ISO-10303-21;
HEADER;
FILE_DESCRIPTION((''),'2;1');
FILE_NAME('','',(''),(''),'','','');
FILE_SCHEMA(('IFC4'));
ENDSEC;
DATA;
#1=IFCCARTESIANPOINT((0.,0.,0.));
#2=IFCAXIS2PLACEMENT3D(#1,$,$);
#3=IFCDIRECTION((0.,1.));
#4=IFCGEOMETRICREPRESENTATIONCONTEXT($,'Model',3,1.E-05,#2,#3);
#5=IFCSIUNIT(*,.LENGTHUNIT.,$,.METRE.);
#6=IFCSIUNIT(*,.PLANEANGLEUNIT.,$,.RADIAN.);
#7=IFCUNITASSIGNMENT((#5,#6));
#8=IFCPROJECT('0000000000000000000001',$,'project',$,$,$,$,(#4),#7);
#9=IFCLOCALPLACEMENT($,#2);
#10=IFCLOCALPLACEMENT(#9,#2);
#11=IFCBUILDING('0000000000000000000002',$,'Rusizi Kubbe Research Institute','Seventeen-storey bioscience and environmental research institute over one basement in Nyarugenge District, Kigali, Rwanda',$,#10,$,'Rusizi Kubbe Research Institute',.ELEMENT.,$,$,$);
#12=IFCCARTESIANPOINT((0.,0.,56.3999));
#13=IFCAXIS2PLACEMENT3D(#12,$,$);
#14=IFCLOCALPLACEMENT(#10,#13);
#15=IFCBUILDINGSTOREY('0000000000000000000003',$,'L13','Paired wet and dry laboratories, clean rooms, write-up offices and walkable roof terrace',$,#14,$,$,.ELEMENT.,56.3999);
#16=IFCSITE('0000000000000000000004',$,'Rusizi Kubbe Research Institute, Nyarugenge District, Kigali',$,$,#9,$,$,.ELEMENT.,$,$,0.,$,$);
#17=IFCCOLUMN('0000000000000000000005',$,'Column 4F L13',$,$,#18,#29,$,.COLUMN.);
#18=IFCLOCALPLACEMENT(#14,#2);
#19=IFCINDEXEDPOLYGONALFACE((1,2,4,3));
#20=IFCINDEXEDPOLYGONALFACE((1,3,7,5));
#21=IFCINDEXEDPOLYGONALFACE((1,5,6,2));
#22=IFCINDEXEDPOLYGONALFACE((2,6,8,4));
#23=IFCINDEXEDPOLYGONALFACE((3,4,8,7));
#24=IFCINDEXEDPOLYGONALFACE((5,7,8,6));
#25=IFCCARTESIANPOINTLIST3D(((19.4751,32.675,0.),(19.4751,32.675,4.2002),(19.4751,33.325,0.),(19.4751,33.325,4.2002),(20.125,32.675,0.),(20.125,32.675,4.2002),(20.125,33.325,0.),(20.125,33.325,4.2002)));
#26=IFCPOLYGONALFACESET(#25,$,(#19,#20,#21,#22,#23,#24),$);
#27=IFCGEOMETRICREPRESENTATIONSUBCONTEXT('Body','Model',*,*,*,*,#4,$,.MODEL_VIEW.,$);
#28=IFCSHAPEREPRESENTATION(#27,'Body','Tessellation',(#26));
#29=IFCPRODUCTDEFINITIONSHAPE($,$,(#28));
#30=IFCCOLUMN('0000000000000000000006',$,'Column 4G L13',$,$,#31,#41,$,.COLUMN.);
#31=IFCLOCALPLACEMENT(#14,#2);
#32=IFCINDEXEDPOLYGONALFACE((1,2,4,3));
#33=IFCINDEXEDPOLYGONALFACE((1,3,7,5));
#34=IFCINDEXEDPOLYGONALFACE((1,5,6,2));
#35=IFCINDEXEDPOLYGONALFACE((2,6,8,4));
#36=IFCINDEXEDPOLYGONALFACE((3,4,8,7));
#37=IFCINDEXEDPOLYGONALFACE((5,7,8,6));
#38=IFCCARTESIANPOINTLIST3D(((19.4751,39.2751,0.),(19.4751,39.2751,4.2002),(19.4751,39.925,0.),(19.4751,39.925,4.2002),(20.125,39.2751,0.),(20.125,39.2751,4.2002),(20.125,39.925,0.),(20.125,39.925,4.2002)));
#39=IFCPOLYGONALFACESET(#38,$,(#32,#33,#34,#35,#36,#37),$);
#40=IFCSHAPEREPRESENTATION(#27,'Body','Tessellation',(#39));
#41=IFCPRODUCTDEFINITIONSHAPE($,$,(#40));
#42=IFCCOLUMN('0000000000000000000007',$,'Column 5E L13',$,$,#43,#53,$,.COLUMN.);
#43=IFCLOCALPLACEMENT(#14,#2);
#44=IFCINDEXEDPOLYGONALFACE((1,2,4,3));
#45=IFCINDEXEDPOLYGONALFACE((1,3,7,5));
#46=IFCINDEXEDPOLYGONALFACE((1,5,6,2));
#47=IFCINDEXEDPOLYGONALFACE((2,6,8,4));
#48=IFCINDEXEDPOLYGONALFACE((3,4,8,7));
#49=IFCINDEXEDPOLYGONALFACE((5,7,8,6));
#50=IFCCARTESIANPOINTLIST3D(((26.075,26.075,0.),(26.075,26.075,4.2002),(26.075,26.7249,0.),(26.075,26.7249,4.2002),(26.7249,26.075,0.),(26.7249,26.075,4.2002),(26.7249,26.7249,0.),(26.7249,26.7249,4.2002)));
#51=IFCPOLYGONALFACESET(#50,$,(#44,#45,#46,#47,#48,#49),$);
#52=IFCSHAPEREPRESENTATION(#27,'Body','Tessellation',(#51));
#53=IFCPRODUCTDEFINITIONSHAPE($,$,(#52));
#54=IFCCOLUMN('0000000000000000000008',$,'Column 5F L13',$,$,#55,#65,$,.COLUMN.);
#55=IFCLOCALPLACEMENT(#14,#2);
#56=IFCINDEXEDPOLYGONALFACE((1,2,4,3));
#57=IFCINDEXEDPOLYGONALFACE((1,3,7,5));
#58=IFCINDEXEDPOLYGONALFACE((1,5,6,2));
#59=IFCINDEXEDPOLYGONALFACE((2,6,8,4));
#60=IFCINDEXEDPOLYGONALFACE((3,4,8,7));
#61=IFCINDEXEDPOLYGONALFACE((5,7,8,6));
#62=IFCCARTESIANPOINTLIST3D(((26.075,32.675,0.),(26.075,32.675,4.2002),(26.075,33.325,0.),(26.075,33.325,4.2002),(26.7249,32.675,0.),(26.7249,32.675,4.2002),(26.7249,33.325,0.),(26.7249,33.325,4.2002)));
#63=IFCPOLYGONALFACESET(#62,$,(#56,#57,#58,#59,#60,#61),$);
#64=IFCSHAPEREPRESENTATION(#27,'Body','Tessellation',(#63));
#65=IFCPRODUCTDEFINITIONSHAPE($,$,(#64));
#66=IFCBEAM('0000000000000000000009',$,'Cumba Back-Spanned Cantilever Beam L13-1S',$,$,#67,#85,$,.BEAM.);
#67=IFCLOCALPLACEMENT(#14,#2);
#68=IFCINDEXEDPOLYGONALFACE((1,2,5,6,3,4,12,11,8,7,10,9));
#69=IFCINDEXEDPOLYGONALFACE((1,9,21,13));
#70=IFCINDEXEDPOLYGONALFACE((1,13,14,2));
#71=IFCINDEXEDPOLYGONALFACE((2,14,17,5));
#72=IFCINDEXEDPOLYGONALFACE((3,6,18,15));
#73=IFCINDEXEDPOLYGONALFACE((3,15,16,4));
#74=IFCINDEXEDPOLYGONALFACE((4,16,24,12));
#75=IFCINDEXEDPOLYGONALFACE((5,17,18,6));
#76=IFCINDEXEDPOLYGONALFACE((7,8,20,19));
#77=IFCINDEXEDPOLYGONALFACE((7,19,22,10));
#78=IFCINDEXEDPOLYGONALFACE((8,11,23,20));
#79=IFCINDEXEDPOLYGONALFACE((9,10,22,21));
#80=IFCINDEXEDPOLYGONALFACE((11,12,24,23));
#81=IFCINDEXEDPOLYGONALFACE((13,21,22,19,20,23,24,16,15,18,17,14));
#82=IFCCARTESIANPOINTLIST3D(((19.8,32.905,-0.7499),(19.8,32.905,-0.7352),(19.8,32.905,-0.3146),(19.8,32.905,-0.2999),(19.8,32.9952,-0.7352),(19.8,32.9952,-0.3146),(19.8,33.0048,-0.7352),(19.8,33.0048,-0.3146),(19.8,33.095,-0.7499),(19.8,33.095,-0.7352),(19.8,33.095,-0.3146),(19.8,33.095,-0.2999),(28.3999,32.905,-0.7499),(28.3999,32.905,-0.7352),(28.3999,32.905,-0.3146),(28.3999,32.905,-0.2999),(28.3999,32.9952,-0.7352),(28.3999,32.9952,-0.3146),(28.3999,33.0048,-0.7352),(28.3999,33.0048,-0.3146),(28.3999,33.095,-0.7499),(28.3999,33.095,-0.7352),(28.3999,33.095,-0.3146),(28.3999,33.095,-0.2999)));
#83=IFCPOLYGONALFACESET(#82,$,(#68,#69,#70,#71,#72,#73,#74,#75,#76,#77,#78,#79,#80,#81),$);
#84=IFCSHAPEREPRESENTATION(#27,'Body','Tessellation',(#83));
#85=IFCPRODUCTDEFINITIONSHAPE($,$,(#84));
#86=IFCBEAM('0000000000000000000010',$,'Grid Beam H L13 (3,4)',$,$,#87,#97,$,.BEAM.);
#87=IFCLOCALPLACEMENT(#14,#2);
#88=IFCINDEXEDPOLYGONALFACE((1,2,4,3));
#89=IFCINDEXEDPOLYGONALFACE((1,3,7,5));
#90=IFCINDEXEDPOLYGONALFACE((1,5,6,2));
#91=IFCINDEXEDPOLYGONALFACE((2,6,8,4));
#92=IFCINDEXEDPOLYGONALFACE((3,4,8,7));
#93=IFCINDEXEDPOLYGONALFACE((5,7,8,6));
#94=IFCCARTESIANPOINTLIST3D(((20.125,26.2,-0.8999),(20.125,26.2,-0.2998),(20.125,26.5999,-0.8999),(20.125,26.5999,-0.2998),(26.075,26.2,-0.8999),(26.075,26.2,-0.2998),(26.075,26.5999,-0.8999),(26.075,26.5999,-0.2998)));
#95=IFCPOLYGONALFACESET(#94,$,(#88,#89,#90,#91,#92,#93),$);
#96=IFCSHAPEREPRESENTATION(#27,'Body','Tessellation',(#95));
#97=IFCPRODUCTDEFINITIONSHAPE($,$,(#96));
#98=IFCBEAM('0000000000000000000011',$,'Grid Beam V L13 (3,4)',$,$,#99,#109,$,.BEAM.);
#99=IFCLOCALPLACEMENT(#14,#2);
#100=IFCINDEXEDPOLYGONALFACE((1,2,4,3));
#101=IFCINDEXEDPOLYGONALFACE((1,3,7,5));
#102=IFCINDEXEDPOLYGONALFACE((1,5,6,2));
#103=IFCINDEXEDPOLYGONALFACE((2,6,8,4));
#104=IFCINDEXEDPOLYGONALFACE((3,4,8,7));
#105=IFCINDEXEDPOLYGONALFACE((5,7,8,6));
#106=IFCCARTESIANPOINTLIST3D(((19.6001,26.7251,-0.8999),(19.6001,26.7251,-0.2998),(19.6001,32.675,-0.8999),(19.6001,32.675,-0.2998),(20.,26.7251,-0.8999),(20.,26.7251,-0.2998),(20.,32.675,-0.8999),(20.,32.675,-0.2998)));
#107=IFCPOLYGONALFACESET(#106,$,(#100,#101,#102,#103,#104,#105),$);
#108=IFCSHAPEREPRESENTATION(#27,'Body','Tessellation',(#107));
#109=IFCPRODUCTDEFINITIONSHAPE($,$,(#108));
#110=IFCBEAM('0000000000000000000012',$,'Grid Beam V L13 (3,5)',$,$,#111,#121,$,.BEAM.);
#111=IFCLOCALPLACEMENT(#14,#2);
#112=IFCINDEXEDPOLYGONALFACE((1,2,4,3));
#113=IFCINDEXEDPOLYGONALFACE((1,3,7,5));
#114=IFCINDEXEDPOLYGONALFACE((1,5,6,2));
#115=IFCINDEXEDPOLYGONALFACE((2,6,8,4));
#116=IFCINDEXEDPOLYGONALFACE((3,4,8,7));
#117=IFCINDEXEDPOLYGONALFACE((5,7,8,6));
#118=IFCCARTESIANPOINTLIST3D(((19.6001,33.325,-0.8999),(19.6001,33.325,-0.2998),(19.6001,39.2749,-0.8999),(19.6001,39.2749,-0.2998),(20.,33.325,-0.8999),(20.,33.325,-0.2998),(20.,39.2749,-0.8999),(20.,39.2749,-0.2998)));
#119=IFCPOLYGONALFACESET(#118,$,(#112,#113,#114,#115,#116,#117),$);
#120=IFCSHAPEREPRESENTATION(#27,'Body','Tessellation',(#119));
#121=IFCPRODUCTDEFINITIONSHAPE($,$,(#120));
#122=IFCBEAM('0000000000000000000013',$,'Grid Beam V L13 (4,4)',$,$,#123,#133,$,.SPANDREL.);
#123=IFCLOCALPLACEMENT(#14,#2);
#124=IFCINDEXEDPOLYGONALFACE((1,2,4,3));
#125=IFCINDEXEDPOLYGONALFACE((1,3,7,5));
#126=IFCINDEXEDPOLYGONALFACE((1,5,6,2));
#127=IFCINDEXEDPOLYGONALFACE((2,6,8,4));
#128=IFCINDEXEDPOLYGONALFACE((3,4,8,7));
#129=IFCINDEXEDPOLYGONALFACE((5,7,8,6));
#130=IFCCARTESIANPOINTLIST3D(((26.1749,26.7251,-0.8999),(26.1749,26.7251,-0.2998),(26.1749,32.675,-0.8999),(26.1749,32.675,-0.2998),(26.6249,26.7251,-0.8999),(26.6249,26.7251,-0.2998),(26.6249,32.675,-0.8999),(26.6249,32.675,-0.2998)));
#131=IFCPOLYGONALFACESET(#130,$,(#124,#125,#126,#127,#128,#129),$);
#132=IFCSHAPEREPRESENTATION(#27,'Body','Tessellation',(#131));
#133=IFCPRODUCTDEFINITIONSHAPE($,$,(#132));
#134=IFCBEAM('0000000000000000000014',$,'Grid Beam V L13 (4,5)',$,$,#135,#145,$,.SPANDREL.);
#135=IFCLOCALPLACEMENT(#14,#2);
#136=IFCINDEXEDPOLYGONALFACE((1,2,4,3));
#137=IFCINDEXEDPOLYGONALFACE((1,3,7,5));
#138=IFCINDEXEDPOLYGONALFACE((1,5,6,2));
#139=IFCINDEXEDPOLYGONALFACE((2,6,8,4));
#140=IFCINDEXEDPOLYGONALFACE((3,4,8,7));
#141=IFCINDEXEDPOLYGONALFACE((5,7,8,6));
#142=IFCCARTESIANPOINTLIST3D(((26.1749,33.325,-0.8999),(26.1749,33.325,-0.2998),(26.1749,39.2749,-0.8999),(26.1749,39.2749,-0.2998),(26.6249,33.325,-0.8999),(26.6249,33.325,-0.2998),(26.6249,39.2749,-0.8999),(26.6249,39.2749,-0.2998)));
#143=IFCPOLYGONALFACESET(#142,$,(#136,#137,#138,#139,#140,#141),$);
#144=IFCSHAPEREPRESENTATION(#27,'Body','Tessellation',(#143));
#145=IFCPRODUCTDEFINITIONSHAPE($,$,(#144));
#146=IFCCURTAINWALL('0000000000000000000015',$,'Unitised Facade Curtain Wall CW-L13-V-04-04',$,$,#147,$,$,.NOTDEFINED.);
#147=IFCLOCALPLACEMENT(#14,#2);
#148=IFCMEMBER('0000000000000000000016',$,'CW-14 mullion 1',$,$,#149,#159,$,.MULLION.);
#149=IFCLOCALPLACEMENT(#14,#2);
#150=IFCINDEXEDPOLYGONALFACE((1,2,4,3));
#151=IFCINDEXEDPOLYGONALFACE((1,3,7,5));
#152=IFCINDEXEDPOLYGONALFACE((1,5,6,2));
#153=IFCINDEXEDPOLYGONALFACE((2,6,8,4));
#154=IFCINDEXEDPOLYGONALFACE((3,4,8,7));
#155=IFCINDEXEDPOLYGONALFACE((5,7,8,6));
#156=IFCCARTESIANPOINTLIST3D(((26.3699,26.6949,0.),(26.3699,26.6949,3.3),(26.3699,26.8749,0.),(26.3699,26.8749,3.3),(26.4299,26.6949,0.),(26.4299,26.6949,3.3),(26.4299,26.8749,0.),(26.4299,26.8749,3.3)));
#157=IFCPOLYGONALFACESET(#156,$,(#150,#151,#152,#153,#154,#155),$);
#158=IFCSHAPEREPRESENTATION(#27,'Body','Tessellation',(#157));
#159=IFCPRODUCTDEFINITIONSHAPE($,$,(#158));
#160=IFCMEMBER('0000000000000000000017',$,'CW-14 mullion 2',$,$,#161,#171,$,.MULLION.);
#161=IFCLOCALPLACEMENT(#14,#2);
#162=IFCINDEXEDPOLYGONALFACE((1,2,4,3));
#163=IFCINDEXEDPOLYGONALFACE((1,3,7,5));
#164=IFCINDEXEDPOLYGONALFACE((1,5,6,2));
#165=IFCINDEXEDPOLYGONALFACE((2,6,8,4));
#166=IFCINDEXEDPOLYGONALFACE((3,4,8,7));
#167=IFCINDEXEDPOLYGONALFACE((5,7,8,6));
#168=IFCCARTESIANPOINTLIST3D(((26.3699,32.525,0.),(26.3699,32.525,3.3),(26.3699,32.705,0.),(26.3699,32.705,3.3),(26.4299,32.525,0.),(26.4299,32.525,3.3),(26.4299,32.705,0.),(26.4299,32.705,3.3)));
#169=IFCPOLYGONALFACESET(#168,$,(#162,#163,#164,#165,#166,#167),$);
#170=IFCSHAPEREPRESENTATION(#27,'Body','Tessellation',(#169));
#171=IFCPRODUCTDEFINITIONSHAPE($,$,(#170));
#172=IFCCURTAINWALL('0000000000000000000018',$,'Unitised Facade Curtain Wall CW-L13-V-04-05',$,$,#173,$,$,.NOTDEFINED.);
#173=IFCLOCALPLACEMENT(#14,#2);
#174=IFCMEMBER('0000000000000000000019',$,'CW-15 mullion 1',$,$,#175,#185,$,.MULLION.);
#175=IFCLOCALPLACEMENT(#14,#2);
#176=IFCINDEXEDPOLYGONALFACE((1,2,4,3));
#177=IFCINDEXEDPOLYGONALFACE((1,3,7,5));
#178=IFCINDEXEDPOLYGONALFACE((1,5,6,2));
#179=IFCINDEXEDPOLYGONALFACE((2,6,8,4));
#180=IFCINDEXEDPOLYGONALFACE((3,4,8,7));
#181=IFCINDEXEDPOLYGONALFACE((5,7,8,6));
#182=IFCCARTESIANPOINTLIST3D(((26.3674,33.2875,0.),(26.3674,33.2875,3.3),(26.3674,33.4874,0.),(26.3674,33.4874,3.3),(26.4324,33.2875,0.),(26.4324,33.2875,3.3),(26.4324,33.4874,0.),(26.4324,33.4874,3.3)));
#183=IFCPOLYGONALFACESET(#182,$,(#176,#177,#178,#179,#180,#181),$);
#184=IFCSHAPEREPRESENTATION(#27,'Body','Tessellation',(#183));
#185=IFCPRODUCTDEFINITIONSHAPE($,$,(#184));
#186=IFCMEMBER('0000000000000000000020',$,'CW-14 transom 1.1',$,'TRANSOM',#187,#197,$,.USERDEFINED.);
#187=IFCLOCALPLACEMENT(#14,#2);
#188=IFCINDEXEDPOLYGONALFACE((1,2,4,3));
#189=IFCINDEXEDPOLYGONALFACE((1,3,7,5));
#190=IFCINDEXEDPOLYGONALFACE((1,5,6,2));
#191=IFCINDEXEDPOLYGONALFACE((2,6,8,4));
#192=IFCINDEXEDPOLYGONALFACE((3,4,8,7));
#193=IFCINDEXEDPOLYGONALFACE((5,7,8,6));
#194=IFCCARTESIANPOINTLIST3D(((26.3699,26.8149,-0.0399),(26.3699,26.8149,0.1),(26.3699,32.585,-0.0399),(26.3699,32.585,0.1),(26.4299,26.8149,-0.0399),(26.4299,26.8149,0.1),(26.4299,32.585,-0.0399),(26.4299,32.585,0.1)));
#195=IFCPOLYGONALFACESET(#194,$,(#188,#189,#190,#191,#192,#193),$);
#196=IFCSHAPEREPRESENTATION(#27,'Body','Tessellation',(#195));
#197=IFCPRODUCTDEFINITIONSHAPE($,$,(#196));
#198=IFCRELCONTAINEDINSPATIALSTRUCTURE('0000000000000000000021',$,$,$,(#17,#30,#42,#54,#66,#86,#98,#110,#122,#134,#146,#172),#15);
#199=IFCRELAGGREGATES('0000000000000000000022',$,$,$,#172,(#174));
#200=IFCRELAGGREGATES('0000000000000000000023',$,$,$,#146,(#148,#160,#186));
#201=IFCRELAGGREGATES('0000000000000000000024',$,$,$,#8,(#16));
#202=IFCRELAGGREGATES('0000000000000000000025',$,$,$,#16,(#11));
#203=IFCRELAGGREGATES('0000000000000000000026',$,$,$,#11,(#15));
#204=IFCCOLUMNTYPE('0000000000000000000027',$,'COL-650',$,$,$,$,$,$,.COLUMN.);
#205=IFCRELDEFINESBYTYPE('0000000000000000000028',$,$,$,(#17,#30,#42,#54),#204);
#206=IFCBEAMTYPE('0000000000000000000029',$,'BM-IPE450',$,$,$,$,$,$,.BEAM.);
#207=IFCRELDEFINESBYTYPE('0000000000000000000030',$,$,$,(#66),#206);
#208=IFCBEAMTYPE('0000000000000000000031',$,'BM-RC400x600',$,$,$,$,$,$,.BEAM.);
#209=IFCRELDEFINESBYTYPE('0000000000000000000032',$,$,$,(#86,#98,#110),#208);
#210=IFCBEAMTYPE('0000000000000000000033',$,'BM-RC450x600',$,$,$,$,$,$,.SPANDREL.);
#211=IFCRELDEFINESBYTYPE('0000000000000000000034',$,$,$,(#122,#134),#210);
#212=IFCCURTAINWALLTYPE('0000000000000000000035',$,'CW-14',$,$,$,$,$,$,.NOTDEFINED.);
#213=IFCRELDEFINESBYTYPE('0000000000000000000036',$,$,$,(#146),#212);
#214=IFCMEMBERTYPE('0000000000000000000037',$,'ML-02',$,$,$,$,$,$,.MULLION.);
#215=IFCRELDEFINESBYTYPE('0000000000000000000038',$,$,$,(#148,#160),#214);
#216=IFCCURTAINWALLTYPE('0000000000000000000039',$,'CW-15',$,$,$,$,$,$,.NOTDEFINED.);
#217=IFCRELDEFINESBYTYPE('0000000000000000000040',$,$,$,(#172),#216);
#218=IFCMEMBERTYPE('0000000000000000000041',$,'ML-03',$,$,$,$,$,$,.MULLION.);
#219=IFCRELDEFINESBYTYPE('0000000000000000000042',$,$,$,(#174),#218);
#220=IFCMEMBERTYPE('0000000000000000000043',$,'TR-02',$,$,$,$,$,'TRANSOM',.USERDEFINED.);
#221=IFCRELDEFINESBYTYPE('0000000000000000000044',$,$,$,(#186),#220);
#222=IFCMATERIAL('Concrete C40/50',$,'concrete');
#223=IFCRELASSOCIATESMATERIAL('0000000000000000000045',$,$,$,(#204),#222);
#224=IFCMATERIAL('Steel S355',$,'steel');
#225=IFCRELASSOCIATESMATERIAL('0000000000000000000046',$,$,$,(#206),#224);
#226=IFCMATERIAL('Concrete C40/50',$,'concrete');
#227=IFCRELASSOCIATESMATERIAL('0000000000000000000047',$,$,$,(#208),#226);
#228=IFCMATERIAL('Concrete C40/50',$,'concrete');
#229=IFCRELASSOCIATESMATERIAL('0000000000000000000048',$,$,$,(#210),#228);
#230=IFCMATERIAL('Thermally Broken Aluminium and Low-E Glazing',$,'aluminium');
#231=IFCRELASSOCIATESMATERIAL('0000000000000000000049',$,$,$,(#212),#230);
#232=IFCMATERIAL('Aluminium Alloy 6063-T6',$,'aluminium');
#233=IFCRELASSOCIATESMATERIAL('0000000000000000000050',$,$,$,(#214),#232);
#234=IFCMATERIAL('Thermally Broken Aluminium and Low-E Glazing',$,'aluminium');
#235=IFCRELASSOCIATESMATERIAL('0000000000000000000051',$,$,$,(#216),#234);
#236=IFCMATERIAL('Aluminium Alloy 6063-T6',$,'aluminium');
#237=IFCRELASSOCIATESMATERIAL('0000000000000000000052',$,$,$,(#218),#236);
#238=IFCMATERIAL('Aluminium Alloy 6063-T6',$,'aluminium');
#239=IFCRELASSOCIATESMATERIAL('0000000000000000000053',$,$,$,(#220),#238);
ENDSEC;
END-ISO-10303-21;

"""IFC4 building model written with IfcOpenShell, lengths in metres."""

from ifc_helpers import new_model, si_unit, direction, frame, origin, origin_2d, place, context, subcontext, project, spatial, rectangle, i_section, extrude, material, material_profile, profile_set, type_object, element, aggregate, save


model = new_model("IFC4")

# Units and contexts
model_context = context("Model", 3, precision=1e-05, world=origin(), true_north=direction((0.0, 1.0)))
body_context = subcontext(model_context, "Body", "Model", "MODEL_VIEW")
ifc_project = project(units=[si_unit("LENGTHUNIT", "METRE"), si_unit("PLANEANGLEUNIT", "RADIAN")], contexts=[model_context])

# Site, building, storey
site_placement = place(None, origin())
site = spatial("IfcSite", under=ifc_project, at=site_placement, Name="Rusizi Kubbe Research Institute, Nyarugenge District, Kigali", CompositionType="ELEMENT", RefElevation=0.0)
building_placement = place(site_placement, origin())
building = spatial("IfcBuilding", under=site, at=building_placement, Name="Rusizi Kubbe Research Institute", Description="Seventeen-storey bioscience and environmental research institute over one basement in Nyarugenge District, Kigali, Rwanda", LongName="Rusizi Kubbe Research Institute", CompositionType="ELEMENT")
storey_placement = place(building_placement, frame((0.0, 0.0, 56.3999)))
storey = spatial("IfcBuildingStorey", under=building, at=storey_placement, Name="L13", Description="Paired wet and dry laboratories, clean rooms, write-up offices and walkable roof terrace", CompositionType="ELEMENT", Elevation=56.3999)

# Columns
ifc_material_1 = material(Name="Concrete C40/50", Category="concrete")
ifc_material_profile_1 = material_profile(ifc_material_1, rectangle(XDim=0.6499, YDim=0.6499, at=origin_2d()), Name="RC650x650")
ifc_profile_set_1 = profile_set([ifc_material_profile_1], Name="Concrete C40/50")
column_type = type_object("IfcColumnType", Name="COL-650", PredefinedType="COLUMN", material=ifc_profile_set_1)
for number, where, z_axis, x_axis, name in (
    (1, (19.8, 33.0, 0.0), (0.0, 0.0, 1.0), (1.0, 0.0, 0.0), "Column 4F L13"),
    (2, (19.8, 39.6001, 0.0), (0.0, 0.0, 1.0), (1.0, 0.0, 0.0), "Column 4G L13"),
    (3, (26.3999, 26.3999, 0.0), (0.0, 0.0, 1.0), (1.0, 0.0, 0.0), "Column 5E L13"),
    (4, (26.3999, 33.0, 0.0), (0.0, 0.0, 1.0), (1.0, 0.0, 0.0), "Column 5F L13"),
):
    element("IfcColumn", number, at=place(storey_placement, frame(where, z_axis=z_axis, x_axis=x_axis)), inside=storey, type_object=column_type, Name=name, PredefinedType="COLUMN", context=body_context, shape_type="SweptSolid", body=[
        extrude(rectangle(XDim=0.6499, YDim=0.6499, at=origin_2d()), origin(), (0.0, 0.0, 1.0), 4.2002),
    ])

# Beams
ifc_material_2 = material(Name="Steel S355", Category="steel")
ifc_material_profile_2 = material_profile(ifc_material_2, i_section(OverallWidth=0.1899, OverallDepth=0.45, WebThickness=0.0095, FlangeThickness=0.0146, at=origin_2d()), Name="IPE 450")
ifc_profile_set_2 = profile_set([ifc_material_profile_2], Name="Steel S355")
beam_type_1 = type_object("IfcBeamType", Name="BM-IPE450", PredefinedType="BEAM", material=ifc_profile_set_2)
beam_placement = place(storey_placement, frame((19.8, 33.0, -0.5249), z_axis=(1.0, 0.0, 0.0), x_axis=(0.0, 1.0, 0.0)))
element("IfcBeam", 5, at=beam_placement, inside=storey, type_object=beam_type_1, Name="Cumba Back-Spanned Cantilever Beam L13-1S", PredefinedType="BEAM", context=body_context, shape_type="SweptSolid", body=[
    extrude(i_section(OverallWidth=0.1899, OverallDepth=0.45, WebThickness=0.0095, FlangeThickness=0.0146, at=origin_2d()), origin(), (0.0, 0.0, 1.0), 8.5999),
])
ifc_material_3 = material(Name="Concrete C40/50", Category="concrete")
ifc_material_profile_3 = material_profile(ifc_material_3, rectangle(XDim=0.3999, YDim=0.6001, at=origin_2d()), Name="RC400x600")
ifc_profile_set_3 = profile_set([ifc_material_profile_3], Name="Concrete C40/50")
beam_type_2 = type_object("IfcBeamType", Name="BM-RC400x600", PredefinedType="BEAM", material=ifc_profile_set_3)
for number, where, z_axis, x_axis, name in (
    (6, (20.125, 26.3999, -0.5999), (1.0, 0.0, 0.0), (0.0, 1.0, 0.0), "Grid Beam H L13 (3,4)"),
    (7, (19.8, 26.7251, -0.5999), (0.0, 1.0, 0.0), (-1.0, 0.0, 0.0), "Grid Beam V L13 (3,4)"),
    (8, (19.8, 33.325, -0.5999), (0.0, 1.0, 0.0), (-1.0, 0.0, 0.0), "Grid Beam V L13 (3,5)"),
):
    element("IfcBeam", number, at=place(storey_placement, frame(where, z_axis=z_axis, x_axis=x_axis)), inside=storey, type_object=beam_type_2, Name=name, PredefinedType="BEAM", context=body_context, shape_type="SweptSolid", body=[
        extrude(rectangle(XDim=0.3999, YDim=0.6001, at=origin_2d()), origin(), (0.0, 0.0, 1.0), 5.95),
    ])
ifc_material_4 = material(Name="Concrete C40/50", Category="concrete")
ifc_material_profile_4 = material_profile(ifc_material_4, rectangle(XDim=0.45, YDim=0.6001, at=origin_2d()), Name="RC450x600")
ifc_profile_set_4 = profile_set([ifc_material_profile_4], Name="Concrete C40/50")
beam_type_3 = type_object("IfcBeamType", Name="BM-RC450x600", PredefinedType="SPANDREL", material=ifc_profile_set_4)
for number, where, z_axis, x_axis, name in (
    (9, (26.3999, 26.7251, -0.5999), (0.0, 1.0, 0.0), (-1.0, 0.0, 0.0), "Grid Beam V L13 (4,4)"),
    (10, (26.3999, 33.325, -0.5999), (0.0, 1.0, 0.0), (-1.0, 0.0, 0.0), "Grid Beam V L13 (4,5)"),
):
    element("IfcBeam", number, at=place(storey_placement, frame(where, z_axis=z_axis, x_axis=x_axis)), inside=storey, type_object=beam_type_3, Name=name, PredefinedType="SPANDREL", context=body_context, shape_type="SweptSolid", body=[
        extrude(rectangle(XDim=0.45, YDim=0.6001, at=origin_2d()), origin(), (0.0, 0.0, 1.0), 5.95),
    ])

# Curtain wall, members
ifc_material_5 = material(Name="Thermally Broken Aluminium and Low-E Glazing", Category="aluminium")
curtain_wall_type_1 = type_object("IfcCurtainWallType", Name="CW-14", PredefinedType="NOTDEFINED", material=ifc_material_5)
curtain_wall_1_placement = place(storey_placement, origin())
curtain_wall_1 = element("IfcCurtainWall", 11, at=curtain_wall_1_placement, inside=storey, type_object=curtain_wall_type_1, Name="Unitised Facade Curtain Wall CW-L13-V-04-04", PredefinedType="NOTDEFINED")
ifc_material_6 = material(Name="Aluminium Alloy 6063-T6", Category="aluminium")
ifc_material_profile_5 = material_profile(ifc_material_6, rectangle(XDim=0.0601, YDim=0.1799, at=origin_2d()), Name="ALU-M 60x180")
ifc_profile_set_5 = profile_set([ifc_material_profile_5], Name="Aluminium Alloy 6063-T6")
member_type_1 = type_object("IfcMemberType", Name="ML-02", PredefinedType="MULLION", material=ifc_profile_set_5)
member_1_placement = place(storey_placement, frame((26.3999, 26.7849, 0.0), z_axis=(0.0, 0.0, 1.0), x_axis=(-1.0, 0.0, 0.0)))
member_1 = element("IfcMember", 12, at=member_1_placement, type_object=member_type_1, Name="CW-14 mullion 1", PredefinedType="MULLION", context=body_context, shape_type="SweptSolid", body=[
    extrude(rectangle(XDim=0.0601, YDim=0.1799, at=origin_2d()), origin(), (0.0, 0.0, 1.0), 3.3),
])
member_2_placement = place(storey_placement, frame((26.3999, 32.615, 0.0), z_axis=(0.0, 0.0, 1.0), x_axis=(-1.0, 0.0, 0.0)))
member_2 = element("IfcMember", 13, at=member_2_placement, type_object=member_type_1, Name="CW-14 mullion 2", PredefinedType="MULLION", context=body_context, shape_type="SweptSolid", body=[
    extrude(rectangle(XDim=0.0601, YDim=0.1799, at=origin_2d()), origin(), (0.0, 0.0, 1.0), 3.3),
])

# Curtain wall, member
ifc_material_7 = material(Name="Thermally Broken Aluminium and Low-E Glazing", Category="aluminium")
curtain_wall_type_2 = type_object("IfcCurtainWallType", Name="CW-15", PredefinedType="NOTDEFINED", material=ifc_material_7)
curtain_wall_2_placement = place(storey_placement, origin())
curtain_wall_2 = element("IfcCurtainWall", 14, at=curtain_wall_2_placement, inside=storey, type_object=curtain_wall_type_2, Name="Unitised Facade Curtain Wall CW-L13-V-04-05", PredefinedType="NOTDEFINED")
ifc_material_8 = material(Name="Aluminium Alloy 6063-T6", Category="aluminium")
ifc_material_profile_6 = material_profile(ifc_material_8, rectangle(XDim=0.0649, YDim=0.2, at=origin_2d()), Name="ALU-M 65x200")
ifc_profile_set_6 = profile_set([ifc_material_profile_6], Name="Aluminium Alloy 6063-T6")
member_type_2 = type_object("IfcMemberType", Name="ML-03", PredefinedType="MULLION", material=ifc_profile_set_6)
member_3_placement = place(storey_placement, frame((26.3999, 33.3875, 0.0), z_axis=(0.0, 0.0, 1.0), x_axis=(-1.0, 0.0, 0.0)))
member_3 = element("IfcMember", 15, at=member_3_placement, type_object=member_type_2, Name="CW-15 mullion 1", PredefinedType="MULLION", context=body_context, shape_type="SweptSolid", body=[
    extrude(rectangle(XDim=0.0649, YDim=0.2, at=origin_2d()), origin(), (0.0, 0.0, 1.0), 3.3),
])

# Member
ifc_material_9 = material(Name="Aluminium Alloy 6063-T6", Category="aluminium")
ifc_material_profile_7 = material_profile(ifc_material_9, rectangle(XDim=0.0601, YDim=0.1399, at=origin_2d()), Name="ALU-T 60x140")
ifc_profile_set_7 = profile_set([ifc_material_profile_7], Name="Aluminium Alloy 6063-T6")
member_type_3 = type_object("IfcMemberType", Name="TR-02", ElementType="TRANSOM", PredefinedType="USERDEFINED", material=ifc_profile_set_7)
member_4_placement = place(storey_placement, frame((26.3999, 26.8149, 0.03), z_axis=(0.0, 1.0, 0.0), x_axis=(-1.0, 0.0, 0.0)))
member_4 = element("IfcMember", 16, at=member_4_placement, type_object=member_type_3, Name="CW-14 transom 1.1", ObjectType="TRANSOM", PredefinedType="USERDEFINED", context=body_context, shape_type="SweptSolid", body=[
    extrude(rectangle(XDim=0.0601, YDim=0.1399, at=origin_2d()), origin(), (0.0, 0.0, 1.0), 5.77),
])
aggregate(curtain_wall_2, [member_3])

aggregate(curtain_wall_1, [member_1, member_2, member_4])

save(model, "model.ifc")
